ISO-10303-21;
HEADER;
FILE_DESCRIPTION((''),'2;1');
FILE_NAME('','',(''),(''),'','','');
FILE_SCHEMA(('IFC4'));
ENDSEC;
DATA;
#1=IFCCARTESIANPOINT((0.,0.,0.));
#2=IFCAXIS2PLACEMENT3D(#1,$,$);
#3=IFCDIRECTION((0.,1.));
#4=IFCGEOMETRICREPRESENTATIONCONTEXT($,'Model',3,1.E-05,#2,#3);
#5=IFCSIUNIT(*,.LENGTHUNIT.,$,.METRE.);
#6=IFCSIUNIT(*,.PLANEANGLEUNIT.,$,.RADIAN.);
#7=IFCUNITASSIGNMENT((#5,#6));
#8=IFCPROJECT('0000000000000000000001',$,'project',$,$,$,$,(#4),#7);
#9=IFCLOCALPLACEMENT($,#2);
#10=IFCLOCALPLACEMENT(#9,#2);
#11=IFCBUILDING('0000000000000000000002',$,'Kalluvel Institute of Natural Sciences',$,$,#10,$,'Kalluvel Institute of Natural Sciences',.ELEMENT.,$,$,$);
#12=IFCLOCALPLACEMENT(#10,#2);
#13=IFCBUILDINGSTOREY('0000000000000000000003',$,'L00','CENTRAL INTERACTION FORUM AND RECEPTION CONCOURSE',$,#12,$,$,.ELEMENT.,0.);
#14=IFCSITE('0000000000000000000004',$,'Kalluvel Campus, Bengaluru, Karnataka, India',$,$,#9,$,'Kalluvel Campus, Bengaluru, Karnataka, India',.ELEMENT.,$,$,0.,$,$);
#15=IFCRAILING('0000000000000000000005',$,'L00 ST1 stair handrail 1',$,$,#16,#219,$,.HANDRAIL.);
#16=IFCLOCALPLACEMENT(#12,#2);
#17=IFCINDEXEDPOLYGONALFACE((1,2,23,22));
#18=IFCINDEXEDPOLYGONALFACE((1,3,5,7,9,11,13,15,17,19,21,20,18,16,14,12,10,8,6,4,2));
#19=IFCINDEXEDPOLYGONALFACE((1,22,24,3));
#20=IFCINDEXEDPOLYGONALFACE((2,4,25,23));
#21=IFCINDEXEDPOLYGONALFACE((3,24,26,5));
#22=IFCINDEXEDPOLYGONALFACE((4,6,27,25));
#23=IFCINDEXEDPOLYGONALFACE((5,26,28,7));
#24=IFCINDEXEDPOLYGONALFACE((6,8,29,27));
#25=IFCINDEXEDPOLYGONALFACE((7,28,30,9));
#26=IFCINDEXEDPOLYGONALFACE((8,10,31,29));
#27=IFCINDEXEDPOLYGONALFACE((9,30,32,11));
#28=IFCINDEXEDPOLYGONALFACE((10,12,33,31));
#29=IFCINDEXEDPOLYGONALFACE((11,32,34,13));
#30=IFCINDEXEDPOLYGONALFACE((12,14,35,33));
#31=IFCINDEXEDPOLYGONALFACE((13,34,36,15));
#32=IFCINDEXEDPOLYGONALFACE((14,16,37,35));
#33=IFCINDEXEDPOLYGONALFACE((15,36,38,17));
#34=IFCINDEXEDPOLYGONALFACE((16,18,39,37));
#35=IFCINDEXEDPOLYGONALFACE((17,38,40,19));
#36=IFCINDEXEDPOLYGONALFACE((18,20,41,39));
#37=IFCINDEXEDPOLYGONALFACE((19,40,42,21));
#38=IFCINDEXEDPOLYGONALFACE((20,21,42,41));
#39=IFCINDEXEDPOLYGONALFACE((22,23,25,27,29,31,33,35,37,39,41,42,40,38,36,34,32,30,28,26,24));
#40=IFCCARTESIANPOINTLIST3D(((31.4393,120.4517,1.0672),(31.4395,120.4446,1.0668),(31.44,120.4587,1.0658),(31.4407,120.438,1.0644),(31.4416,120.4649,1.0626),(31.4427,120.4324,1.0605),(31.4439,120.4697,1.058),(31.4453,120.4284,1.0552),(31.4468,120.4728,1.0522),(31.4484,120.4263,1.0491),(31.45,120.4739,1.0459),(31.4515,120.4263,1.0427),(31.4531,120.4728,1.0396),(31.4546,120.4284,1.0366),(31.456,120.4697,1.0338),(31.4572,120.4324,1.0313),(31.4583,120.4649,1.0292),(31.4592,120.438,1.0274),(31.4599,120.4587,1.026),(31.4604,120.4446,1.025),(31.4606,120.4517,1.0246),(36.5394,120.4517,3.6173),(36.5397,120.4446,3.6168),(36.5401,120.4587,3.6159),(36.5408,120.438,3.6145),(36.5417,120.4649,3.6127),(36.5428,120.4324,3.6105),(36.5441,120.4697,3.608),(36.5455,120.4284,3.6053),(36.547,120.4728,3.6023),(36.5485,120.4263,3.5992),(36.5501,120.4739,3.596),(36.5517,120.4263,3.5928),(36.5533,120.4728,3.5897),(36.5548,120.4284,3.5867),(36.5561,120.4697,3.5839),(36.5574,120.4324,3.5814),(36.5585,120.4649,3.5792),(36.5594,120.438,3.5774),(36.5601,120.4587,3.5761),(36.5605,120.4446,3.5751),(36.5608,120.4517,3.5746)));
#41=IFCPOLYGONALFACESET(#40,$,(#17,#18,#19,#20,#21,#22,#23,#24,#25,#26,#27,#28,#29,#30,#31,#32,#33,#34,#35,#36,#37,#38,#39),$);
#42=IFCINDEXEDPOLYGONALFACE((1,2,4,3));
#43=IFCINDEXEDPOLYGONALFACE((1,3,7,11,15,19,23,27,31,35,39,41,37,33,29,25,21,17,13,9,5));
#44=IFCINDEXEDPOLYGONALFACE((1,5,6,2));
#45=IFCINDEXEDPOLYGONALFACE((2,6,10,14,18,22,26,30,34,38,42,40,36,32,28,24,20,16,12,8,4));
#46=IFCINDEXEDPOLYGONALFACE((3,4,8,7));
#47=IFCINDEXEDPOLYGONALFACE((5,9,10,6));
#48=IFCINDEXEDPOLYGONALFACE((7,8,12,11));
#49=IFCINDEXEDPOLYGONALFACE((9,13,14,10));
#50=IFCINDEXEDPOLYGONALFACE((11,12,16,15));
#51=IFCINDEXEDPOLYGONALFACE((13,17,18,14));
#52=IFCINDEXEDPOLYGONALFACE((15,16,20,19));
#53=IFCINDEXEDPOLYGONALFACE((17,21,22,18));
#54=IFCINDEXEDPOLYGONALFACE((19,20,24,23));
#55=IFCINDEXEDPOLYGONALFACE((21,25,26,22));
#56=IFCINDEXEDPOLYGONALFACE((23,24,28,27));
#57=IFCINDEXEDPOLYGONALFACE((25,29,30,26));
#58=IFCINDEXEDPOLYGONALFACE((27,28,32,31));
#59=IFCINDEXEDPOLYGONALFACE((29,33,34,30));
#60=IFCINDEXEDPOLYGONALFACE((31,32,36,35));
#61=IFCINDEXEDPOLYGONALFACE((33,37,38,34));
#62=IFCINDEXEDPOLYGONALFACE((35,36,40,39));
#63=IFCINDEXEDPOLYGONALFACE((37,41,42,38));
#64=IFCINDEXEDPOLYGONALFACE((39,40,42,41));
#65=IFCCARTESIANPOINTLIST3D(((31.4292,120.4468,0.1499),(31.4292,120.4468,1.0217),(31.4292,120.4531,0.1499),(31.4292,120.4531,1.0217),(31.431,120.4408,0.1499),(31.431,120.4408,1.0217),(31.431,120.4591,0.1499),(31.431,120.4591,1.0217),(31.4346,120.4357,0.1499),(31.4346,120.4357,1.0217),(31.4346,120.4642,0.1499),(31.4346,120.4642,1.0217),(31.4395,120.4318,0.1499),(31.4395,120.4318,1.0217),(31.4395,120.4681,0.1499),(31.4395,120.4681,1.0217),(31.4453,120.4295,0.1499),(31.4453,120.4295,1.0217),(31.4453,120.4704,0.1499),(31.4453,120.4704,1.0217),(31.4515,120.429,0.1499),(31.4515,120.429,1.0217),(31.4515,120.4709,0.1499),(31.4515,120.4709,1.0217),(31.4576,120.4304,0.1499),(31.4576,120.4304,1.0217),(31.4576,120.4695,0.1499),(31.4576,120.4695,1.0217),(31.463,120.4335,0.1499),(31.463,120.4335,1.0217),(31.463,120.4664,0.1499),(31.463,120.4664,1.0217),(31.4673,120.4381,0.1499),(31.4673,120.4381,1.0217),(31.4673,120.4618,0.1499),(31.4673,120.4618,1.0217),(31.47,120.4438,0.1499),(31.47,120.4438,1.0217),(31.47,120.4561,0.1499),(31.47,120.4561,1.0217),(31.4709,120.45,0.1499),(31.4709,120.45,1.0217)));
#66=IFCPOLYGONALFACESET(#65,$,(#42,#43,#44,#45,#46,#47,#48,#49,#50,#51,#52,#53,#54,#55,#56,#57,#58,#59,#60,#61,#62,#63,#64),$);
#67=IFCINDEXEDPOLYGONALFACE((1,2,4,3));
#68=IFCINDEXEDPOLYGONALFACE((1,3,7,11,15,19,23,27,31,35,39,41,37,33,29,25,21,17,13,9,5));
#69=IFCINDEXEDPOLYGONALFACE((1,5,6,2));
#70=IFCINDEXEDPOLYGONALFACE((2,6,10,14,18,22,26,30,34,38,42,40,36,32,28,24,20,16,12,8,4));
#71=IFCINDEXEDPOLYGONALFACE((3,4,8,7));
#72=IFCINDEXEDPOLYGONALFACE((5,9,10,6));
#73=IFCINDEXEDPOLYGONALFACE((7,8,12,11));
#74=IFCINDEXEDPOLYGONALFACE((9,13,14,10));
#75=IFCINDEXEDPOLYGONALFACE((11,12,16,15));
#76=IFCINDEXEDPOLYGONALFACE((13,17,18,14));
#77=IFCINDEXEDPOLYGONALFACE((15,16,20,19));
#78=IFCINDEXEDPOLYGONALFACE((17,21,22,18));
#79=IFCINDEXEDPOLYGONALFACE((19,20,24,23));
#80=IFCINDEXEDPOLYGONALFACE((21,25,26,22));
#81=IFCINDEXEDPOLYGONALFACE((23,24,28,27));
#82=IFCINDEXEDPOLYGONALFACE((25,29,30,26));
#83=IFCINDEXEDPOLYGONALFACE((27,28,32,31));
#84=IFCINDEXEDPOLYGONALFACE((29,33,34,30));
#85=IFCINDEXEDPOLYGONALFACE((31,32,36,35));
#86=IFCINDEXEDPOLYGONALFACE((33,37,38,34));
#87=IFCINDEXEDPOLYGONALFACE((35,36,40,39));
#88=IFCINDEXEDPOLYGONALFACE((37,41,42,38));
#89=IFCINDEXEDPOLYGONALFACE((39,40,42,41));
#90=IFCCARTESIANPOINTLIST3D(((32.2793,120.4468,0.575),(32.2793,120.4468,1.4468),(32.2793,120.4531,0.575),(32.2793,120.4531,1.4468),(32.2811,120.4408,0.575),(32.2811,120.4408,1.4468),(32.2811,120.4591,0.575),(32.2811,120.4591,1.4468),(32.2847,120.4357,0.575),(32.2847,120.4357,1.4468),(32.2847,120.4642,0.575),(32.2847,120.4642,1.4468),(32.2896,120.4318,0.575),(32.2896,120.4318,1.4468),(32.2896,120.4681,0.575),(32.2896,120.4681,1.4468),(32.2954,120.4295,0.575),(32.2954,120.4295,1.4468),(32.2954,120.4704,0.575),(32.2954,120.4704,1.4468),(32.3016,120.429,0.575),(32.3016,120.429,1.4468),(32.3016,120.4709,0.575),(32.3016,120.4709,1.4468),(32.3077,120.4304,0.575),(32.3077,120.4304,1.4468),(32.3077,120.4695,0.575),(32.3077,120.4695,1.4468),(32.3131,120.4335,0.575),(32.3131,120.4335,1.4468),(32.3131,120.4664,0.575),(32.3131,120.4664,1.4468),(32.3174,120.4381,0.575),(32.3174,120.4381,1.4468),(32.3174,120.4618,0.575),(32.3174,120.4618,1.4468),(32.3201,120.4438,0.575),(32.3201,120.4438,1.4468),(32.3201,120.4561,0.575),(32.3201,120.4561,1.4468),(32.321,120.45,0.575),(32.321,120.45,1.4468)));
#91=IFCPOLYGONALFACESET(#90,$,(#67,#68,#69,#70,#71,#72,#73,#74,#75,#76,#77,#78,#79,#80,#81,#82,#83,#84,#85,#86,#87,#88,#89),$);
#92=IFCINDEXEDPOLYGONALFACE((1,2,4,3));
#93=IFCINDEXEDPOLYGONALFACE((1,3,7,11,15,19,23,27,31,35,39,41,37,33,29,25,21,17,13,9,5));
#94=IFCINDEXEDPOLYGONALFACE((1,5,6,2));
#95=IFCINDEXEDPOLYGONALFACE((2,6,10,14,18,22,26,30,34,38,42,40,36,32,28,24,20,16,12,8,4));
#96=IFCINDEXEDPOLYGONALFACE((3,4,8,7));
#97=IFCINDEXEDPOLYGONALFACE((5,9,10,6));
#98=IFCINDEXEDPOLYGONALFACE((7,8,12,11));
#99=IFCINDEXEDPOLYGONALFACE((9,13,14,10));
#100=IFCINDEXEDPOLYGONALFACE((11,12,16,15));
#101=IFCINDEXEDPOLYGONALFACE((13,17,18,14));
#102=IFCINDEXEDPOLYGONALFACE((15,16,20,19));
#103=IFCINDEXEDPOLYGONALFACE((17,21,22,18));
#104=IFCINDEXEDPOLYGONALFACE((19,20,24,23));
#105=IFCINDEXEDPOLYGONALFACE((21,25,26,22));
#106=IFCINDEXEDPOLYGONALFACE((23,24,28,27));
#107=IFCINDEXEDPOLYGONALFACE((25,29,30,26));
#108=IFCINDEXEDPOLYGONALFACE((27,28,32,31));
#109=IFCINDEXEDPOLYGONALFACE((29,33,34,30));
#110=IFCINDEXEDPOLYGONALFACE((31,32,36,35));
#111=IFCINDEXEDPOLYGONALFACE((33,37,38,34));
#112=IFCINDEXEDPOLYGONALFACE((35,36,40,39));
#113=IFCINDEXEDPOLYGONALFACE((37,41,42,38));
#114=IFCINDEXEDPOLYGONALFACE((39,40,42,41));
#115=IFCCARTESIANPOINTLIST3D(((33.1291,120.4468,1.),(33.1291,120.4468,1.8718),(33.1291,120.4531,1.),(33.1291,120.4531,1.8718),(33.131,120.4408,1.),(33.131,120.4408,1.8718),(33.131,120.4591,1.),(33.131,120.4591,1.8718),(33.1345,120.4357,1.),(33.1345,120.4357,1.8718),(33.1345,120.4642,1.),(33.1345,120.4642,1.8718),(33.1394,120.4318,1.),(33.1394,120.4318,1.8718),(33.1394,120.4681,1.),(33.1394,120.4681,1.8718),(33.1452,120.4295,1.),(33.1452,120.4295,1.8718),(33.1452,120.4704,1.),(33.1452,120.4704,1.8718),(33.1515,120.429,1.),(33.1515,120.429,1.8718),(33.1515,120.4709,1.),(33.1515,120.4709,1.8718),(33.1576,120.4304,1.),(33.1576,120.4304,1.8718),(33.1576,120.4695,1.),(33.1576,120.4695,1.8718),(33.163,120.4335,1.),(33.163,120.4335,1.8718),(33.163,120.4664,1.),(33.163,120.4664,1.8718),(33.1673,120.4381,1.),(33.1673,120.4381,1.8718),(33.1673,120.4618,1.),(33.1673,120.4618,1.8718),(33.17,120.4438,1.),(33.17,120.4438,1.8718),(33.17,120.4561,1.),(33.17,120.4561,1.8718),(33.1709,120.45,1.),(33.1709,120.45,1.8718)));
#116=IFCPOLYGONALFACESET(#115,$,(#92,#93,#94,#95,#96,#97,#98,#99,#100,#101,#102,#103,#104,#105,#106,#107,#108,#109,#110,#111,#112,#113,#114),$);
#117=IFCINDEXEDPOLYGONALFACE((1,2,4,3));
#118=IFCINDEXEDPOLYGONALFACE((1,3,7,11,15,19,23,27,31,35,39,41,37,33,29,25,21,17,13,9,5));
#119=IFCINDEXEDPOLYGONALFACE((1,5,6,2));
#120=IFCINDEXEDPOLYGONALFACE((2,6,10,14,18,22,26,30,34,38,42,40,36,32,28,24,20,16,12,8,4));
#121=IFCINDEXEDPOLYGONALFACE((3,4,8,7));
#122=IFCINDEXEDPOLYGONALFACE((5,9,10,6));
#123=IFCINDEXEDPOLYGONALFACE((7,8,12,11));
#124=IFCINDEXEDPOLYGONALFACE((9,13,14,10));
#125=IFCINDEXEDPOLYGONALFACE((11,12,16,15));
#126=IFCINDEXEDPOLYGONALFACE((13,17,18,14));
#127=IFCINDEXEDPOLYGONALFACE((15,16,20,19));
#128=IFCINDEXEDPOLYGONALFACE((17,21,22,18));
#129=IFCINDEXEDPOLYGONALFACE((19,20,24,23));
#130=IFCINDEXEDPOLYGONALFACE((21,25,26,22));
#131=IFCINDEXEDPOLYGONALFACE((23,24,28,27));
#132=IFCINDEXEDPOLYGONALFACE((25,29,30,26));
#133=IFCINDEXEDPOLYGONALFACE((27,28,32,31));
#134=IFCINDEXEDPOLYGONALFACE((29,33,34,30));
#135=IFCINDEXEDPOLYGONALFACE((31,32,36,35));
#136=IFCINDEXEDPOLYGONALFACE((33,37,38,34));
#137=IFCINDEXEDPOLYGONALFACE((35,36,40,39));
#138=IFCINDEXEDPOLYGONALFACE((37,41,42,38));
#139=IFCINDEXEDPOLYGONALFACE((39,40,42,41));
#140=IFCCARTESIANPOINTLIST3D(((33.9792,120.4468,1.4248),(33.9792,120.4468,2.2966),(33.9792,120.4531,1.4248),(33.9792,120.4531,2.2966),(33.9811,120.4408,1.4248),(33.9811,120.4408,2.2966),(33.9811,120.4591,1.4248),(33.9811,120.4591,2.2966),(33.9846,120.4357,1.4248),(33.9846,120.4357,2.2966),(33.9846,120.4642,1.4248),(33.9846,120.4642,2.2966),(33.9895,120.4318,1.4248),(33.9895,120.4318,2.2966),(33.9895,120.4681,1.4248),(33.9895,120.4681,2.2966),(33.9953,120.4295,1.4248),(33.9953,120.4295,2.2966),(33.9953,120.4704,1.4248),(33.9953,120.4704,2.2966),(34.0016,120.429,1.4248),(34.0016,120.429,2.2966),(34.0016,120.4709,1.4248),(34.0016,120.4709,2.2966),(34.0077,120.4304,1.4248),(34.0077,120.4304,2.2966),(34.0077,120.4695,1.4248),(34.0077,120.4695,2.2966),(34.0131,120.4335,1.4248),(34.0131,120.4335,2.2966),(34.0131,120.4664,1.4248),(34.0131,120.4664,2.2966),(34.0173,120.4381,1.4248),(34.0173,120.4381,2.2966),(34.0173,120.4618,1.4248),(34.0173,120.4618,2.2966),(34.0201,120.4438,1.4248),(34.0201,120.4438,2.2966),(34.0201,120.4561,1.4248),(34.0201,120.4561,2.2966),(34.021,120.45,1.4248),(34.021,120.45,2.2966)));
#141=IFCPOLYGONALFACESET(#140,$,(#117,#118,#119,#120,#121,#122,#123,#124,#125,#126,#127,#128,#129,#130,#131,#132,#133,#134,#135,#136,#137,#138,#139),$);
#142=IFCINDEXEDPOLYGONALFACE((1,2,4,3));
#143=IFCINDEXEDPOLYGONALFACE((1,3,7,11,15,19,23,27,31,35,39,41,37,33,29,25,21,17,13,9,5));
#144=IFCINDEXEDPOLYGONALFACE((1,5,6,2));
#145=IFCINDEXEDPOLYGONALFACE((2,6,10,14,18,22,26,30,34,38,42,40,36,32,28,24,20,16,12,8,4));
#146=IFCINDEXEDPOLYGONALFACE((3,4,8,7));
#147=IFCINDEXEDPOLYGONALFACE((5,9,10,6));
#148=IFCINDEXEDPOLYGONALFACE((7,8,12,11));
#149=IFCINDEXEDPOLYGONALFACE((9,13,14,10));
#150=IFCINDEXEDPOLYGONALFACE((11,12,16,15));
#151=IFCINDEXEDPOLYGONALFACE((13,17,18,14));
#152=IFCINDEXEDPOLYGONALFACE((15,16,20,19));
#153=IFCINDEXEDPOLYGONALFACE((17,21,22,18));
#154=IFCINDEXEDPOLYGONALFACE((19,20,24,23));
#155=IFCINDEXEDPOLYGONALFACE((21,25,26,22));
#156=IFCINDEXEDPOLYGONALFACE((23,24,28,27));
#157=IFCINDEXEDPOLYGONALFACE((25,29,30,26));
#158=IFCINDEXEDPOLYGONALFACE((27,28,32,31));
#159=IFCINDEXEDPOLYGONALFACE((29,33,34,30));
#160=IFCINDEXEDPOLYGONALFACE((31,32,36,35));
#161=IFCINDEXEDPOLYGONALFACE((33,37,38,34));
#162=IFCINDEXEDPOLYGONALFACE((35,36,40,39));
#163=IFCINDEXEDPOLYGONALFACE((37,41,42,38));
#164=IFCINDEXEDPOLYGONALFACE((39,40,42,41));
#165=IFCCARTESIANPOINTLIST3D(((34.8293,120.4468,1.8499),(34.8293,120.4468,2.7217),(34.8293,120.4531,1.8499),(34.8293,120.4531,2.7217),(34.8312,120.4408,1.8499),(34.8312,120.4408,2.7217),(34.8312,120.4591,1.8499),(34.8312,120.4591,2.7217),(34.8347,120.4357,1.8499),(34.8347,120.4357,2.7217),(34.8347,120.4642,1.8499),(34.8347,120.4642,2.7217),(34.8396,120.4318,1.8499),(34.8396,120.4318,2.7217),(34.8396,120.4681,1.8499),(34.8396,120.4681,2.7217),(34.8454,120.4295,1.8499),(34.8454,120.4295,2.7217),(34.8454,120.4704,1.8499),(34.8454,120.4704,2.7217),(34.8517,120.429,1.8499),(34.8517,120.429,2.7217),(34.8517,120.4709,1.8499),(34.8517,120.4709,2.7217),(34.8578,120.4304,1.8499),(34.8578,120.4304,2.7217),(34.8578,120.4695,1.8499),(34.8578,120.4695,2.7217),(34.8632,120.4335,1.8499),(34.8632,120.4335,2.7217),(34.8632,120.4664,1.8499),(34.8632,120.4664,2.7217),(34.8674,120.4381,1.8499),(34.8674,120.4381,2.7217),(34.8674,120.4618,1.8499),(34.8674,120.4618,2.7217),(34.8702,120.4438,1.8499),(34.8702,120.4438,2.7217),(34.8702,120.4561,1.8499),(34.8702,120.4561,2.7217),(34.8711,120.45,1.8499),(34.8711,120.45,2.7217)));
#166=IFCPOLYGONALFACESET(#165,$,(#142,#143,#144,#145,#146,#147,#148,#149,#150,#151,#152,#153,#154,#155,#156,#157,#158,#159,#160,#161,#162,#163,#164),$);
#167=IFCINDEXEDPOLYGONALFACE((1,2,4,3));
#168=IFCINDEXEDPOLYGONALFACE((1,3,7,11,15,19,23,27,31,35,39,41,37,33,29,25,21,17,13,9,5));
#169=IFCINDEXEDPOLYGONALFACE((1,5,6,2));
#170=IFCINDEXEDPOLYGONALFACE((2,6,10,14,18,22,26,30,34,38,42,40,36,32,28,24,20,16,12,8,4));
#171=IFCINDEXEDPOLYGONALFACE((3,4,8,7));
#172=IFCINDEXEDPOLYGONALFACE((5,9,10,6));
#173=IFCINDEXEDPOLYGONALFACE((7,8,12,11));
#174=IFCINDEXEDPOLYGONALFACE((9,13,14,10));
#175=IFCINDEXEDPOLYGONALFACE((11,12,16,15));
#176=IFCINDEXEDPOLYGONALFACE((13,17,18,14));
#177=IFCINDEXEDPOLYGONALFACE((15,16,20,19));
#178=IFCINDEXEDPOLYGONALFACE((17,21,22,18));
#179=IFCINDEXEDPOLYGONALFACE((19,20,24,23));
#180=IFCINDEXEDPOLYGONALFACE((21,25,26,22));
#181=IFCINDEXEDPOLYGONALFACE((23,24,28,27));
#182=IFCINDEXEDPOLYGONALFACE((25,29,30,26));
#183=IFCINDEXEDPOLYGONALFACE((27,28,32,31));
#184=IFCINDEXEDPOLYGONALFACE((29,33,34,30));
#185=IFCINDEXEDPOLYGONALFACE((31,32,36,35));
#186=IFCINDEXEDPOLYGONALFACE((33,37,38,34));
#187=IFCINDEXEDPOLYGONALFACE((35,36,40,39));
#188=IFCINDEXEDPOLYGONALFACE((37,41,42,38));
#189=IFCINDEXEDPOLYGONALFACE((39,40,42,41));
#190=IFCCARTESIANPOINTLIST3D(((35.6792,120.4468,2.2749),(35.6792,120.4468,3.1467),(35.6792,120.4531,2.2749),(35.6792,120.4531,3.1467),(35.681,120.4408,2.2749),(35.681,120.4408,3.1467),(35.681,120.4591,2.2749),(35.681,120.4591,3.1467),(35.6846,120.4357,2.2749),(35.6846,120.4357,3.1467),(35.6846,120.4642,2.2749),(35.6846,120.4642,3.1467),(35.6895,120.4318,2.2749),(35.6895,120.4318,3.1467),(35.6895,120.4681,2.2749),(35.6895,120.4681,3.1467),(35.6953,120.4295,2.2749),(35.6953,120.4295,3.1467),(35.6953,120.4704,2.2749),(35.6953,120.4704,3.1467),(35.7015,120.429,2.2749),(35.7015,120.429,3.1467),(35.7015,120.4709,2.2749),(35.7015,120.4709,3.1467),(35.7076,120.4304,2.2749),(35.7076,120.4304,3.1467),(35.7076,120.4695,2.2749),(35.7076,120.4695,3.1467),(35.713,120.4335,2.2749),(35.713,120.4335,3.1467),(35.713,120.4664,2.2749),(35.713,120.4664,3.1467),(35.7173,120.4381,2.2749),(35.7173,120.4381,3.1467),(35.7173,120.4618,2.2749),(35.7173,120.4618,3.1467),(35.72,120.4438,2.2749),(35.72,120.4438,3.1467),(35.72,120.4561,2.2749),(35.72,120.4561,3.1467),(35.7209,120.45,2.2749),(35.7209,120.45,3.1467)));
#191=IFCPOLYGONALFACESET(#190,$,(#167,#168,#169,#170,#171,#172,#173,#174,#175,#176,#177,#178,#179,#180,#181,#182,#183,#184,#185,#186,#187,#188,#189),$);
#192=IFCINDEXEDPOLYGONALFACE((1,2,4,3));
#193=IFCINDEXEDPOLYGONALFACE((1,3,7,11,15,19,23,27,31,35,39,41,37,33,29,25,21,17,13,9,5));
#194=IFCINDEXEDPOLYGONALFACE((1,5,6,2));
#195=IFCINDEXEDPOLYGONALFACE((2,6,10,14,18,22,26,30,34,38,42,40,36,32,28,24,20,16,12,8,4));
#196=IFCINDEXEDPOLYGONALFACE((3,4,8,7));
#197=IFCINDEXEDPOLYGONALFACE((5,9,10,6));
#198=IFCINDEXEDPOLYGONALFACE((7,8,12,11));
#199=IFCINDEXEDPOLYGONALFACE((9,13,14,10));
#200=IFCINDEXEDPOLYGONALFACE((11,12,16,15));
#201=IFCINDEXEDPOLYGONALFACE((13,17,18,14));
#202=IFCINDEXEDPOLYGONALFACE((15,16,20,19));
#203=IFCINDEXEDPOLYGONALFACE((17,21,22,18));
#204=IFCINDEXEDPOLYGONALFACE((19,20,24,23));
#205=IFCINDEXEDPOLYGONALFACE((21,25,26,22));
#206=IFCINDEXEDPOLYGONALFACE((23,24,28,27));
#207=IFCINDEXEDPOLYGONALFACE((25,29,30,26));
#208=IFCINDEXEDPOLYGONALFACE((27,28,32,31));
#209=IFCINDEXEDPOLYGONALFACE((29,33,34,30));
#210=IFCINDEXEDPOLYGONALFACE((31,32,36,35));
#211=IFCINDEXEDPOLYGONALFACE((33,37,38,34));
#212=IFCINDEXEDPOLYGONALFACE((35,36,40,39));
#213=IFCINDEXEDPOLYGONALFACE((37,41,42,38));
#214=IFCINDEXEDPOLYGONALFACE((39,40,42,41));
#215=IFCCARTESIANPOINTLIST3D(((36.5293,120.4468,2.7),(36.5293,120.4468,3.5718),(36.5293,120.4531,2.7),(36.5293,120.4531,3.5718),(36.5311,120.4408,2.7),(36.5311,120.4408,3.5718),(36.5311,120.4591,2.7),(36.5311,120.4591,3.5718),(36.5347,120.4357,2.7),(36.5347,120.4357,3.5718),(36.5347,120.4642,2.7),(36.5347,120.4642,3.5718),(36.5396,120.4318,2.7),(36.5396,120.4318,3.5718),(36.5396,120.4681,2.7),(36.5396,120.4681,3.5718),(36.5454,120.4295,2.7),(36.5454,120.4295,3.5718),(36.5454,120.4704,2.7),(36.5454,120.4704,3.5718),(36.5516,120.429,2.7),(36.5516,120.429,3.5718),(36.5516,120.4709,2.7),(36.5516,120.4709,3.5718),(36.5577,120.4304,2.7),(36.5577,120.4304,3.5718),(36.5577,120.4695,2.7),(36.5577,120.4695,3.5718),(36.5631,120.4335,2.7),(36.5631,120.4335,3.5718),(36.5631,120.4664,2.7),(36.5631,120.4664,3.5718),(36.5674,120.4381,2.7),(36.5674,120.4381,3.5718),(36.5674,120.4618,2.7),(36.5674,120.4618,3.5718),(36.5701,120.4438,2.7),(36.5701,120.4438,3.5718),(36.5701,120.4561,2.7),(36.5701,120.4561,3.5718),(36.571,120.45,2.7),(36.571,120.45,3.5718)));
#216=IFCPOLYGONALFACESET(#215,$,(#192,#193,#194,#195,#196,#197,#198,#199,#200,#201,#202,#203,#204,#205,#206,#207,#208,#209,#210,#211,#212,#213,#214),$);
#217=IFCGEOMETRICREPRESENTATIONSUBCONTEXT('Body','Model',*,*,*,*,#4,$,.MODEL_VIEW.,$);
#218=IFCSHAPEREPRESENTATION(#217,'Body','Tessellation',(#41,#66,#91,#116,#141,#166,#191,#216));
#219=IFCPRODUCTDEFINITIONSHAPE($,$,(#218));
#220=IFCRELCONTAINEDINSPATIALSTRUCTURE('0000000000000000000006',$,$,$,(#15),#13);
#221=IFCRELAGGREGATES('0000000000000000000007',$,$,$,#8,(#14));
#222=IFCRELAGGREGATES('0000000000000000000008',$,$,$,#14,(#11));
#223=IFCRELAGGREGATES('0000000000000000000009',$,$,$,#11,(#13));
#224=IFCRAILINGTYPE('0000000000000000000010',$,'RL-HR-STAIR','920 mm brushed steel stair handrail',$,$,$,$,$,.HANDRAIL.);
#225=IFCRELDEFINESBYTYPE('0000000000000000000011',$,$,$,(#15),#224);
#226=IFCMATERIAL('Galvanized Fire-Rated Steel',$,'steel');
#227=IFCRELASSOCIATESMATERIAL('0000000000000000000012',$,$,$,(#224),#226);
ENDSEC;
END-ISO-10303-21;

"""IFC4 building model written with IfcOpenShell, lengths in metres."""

from ifc_helpers import new_model, si_unit, direction, frame, origin, origin_2d, place, context, subcontext, project, spatial, circle, extrude, material, type_object, element, save


model = new_model("IFC4")

# Units and contexts
model_context = context("Model", 3, precision=1e-05, world=origin(), true_north=direction((0.0, 1.0)))
body_context = subcontext(model_context, "Body", "Model", "MODEL_VIEW")
ifc_project = project(units=[si_unit("LENGTHUNIT", "METRE"), si_unit("PLANEANGLEUNIT", "RADIAN")], contexts=[model_context])

# Site, building, storey
site_placement = place(None, origin())
site = spatial("IfcSite", under=ifc_project, at=site_placement, Name="Kalluvel Campus, Bengaluru, Karnataka, India", LongName="Kalluvel Campus, Bengaluru, Karnataka, India", CompositionType="ELEMENT", RefElevation=0.0)
building_placement = place(site_placement, origin())
building = spatial("IfcBuilding", under=site, at=building_placement, Name="Kalluvel Institute of Natural Sciences", LongName="Kalluvel Institute of Natural Sciences", CompositionType="ELEMENT")
storey_placement = place(building_placement, origin())
storey = spatial("IfcBuildingStorey", under=building, at=storey_placement, Name="L00", Description="CENTRAL INTERACTION FORUM AND RECEPTION CONCOURSE", CompositionType="ELEMENT", Elevation=0.0)

# Shared definitions
ifc_material_1 = material(Name="Galvanized Fire-Rated Steel", Category="steel")

# Railing
railing_type_1 = type_object("IfcRailingType", Name="RL-HR-STAIR", Description="920 mm brushed steel stair handrail", PredefinedType="HANDRAIL", material=ifc_material_1)
railing_1_placement = place(storey_placement, frame((31.45, 120.45, 0.1499)))
element("IfcRailing", 1, at=railing_1_placement, inside=storey, type_object=railing_type_1, Name="L00 ST1 stair handrail 1", PredefinedType="HANDRAIL", context=body_context, shape_type="SweptSolid", body=[
    extrude(circle(Radius=0.0239, at=origin_2d()), frame((0.0, 0.0, 0.896), z_axis=(0.894427, 0.0, 0.447214), x_axis=(0.0, 1.0, 0.0)), (0.0, 0.0, 1.0), 5.7021),
    extrude(circle(Radius=0.021, at=origin_2d()), origin(), (0.0, 0.0, 1.0), 0.8718),
    extrude(circle(Radius=0.021, at=origin_2d()), frame((0.8501, 0.0, 0.425)), (0.0, 0.0, 1.0), 0.8718),
    extrude(circle(Radius=0.021, at=origin_2d()), frame((1.7, 0.0, 0.8501)), (0.0, 0.0, 1.0), 0.8718),
    extrude(circle(Radius=0.021, at=origin_2d()), frame((2.55, 0.0, 1.2749)), (0.0, 0.0, 1.0), 0.8718),
    extrude(circle(Radius=0.021, at=origin_2d()), frame((3.4001, 0.0, 1.7)), (0.0, 0.0, 1.0), 0.8718),
    extrude(circle(Radius=0.021, at=origin_2d()), frame((4.25, 0.0, 2.125)), (0.0, 0.0, 1.0), 0.8718),
    extrude(circle(Radius=0.021, at=origin_2d()), frame((5.1001, 0.0, 2.55)), (0.0, 0.0, 1.0), 0.8718),
])

save(model, "model.ifc")
